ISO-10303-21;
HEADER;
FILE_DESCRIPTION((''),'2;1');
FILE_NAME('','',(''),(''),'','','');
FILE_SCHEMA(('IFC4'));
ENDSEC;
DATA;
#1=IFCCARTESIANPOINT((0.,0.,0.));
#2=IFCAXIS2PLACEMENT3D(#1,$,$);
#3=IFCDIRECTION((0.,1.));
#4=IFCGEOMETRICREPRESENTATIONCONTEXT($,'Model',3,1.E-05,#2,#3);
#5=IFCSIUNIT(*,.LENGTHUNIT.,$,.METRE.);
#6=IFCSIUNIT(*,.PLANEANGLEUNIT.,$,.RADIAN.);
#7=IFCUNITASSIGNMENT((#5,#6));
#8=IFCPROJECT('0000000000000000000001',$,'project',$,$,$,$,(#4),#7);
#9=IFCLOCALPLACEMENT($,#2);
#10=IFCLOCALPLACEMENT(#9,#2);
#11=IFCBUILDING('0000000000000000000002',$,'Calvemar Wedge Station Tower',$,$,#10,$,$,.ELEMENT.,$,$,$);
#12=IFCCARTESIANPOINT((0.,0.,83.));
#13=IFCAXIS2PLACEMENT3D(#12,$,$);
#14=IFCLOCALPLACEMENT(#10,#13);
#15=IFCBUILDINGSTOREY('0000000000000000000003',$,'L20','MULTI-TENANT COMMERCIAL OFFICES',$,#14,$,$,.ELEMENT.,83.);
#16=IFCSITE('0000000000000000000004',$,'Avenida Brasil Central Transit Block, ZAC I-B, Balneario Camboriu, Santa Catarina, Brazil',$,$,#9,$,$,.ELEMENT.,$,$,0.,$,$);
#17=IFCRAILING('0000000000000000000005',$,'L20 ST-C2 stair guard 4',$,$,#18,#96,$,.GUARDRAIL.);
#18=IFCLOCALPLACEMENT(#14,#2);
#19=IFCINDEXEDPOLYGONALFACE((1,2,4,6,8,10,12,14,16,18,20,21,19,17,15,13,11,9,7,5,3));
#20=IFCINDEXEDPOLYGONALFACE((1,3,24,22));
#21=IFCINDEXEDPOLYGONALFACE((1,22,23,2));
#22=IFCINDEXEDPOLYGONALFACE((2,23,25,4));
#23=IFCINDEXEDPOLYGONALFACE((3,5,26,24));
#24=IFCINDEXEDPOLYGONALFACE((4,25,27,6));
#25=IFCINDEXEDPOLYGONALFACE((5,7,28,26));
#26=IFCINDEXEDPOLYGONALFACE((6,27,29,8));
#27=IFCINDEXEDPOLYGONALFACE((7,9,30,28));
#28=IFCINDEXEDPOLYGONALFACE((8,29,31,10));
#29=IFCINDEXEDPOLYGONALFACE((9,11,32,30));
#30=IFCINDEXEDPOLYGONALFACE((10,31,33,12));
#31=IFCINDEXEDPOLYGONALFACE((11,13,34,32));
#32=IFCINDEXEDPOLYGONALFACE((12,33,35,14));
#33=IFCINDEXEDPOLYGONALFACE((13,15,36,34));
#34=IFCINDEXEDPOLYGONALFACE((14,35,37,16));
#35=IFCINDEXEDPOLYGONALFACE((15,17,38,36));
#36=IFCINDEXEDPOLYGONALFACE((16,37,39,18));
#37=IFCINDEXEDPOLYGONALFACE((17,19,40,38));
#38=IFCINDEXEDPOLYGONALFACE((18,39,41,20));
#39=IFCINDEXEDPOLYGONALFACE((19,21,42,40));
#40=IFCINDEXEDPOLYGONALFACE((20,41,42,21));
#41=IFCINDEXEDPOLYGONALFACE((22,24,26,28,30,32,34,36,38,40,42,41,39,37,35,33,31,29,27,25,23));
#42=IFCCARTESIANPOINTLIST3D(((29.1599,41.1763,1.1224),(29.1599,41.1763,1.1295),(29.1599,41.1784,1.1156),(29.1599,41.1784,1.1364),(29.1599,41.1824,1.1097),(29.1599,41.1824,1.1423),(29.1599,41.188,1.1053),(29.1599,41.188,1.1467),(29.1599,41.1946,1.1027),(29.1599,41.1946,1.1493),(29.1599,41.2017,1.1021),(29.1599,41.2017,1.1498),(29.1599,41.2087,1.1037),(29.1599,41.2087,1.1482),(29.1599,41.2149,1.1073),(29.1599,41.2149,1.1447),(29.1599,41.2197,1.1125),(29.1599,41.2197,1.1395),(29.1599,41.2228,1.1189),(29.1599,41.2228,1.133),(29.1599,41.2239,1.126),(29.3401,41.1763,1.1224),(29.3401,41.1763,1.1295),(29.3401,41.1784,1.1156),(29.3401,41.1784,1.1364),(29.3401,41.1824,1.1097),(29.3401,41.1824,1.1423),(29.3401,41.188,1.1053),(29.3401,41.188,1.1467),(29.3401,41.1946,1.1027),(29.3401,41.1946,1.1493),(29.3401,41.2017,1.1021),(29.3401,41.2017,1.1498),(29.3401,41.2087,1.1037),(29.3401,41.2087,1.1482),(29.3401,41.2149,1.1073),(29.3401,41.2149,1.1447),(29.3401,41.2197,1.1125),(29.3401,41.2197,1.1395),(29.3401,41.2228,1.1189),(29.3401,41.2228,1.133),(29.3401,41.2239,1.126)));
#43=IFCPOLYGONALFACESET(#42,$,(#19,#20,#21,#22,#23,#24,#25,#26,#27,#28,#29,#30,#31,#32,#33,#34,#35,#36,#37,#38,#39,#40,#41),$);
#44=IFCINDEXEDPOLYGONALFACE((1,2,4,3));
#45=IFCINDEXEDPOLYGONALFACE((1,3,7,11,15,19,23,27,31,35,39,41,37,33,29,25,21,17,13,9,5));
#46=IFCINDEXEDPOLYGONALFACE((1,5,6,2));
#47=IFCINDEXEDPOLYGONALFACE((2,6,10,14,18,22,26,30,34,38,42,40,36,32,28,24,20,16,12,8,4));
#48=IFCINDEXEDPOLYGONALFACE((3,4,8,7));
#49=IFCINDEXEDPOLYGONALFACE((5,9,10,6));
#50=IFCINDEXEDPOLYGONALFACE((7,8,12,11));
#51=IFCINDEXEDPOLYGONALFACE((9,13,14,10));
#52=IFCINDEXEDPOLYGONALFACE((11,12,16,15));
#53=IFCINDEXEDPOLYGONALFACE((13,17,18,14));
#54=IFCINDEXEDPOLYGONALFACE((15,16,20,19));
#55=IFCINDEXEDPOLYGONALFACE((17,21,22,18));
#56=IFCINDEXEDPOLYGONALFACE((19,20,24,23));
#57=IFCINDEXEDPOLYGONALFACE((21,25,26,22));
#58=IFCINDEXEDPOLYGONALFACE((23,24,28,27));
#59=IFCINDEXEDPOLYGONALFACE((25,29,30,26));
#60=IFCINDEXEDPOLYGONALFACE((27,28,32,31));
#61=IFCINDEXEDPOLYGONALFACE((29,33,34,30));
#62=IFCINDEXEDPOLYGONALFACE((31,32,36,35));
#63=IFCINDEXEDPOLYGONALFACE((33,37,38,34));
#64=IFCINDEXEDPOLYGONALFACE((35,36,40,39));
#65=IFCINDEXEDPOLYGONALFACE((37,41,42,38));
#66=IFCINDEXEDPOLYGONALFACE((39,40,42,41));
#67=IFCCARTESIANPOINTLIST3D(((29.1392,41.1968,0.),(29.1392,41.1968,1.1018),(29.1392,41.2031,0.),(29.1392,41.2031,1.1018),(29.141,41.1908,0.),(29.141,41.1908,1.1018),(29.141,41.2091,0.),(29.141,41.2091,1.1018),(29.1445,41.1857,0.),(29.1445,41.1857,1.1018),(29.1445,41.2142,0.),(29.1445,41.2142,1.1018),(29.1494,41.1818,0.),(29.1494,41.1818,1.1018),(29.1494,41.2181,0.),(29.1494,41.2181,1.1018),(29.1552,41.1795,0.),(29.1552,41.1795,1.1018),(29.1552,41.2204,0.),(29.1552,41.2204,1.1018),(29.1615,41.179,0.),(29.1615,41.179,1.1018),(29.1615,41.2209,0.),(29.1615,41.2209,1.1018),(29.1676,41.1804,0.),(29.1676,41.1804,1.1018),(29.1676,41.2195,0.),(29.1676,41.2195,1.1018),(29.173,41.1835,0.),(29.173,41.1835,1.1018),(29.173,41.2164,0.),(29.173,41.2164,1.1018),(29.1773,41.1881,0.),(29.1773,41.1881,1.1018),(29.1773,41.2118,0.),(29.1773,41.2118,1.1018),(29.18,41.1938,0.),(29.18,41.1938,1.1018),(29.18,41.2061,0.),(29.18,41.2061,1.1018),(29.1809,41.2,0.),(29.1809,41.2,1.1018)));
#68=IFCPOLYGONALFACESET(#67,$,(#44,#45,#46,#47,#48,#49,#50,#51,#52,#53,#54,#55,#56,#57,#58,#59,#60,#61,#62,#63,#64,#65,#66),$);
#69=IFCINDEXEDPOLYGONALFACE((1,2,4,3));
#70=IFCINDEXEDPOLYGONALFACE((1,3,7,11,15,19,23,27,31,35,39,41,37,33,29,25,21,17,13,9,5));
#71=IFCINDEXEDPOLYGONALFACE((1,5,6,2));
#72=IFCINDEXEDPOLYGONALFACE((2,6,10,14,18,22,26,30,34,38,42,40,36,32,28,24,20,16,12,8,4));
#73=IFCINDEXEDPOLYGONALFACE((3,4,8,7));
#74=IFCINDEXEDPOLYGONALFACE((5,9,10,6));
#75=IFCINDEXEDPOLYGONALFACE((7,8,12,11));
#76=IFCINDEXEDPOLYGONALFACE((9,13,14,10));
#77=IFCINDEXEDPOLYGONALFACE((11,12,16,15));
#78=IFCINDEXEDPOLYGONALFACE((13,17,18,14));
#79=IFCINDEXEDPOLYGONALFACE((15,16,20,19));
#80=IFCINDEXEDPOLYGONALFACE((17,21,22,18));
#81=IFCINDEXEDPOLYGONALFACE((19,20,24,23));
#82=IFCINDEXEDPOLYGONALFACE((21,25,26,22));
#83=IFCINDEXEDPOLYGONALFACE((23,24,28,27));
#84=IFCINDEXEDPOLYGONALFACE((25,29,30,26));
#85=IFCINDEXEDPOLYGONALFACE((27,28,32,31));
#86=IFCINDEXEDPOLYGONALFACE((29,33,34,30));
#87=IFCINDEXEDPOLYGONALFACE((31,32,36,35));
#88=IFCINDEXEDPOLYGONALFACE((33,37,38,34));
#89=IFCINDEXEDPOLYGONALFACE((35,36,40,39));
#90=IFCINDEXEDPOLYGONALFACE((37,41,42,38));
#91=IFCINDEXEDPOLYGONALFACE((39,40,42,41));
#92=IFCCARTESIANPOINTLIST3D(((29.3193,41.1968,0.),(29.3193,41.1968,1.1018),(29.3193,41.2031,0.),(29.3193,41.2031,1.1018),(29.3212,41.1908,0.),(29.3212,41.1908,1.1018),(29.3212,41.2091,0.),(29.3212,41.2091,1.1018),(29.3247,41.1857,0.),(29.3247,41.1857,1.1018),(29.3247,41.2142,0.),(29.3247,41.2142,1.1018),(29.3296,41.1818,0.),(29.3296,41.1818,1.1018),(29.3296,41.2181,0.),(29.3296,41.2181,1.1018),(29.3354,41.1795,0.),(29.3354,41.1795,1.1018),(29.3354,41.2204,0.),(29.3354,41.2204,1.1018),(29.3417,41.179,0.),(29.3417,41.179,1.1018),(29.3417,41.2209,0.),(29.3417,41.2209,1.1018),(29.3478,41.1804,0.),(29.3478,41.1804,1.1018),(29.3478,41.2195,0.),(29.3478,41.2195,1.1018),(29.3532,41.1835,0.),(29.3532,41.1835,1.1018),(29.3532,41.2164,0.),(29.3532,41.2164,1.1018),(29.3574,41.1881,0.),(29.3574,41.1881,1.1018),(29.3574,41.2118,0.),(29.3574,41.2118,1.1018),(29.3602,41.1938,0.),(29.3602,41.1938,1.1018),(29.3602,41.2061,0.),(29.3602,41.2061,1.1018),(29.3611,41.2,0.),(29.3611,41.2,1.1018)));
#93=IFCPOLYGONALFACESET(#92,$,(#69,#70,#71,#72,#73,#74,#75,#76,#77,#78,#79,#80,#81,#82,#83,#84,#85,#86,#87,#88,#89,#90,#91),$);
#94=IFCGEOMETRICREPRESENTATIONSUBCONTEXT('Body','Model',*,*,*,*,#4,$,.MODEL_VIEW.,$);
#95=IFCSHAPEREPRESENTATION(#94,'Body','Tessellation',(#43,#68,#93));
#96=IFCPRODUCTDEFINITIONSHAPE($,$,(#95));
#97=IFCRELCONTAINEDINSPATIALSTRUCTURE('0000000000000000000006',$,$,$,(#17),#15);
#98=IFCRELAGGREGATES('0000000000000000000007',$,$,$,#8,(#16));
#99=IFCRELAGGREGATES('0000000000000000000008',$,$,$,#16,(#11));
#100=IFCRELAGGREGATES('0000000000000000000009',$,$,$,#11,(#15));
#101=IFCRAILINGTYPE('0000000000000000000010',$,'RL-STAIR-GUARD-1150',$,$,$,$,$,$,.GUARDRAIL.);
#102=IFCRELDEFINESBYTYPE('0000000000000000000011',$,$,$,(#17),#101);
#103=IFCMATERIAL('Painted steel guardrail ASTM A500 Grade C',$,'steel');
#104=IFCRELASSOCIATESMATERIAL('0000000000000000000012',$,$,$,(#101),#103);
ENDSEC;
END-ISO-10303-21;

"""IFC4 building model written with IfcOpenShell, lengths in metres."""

from ifc_helpers import new_model, si_unit, direction, frame, origin, origin_2d, place, context, subcontext, project, spatial, circle, extrude, material, type_object, element, save


model = new_model("IFC4")

# Units and contexts
model_context = context("Model", 3, precision=1e-05, world=origin(), true_north=direction((0.0, 1.0)))
body_context = subcontext(model_context, "Body", "Model", "MODEL_VIEW")
ifc_project = project(units=[si_unit("LENGTHUNIT", "METRE"), si_unit("PLANEANGLEUNIT", "RADIAN")], contexts=[model_context])

# Site, building, storey
site_placement = place(None, origin())
site = spatial("IfcSite", under=ifc_project, at=site_placement, Name="Avenida Brasil Central Transit Block, ZAC I-B, Balneario Camboriu, Santa Catarina, Brazil", CompositionType="ELEMENT", RefElevation=0.0)
building_placement = place(site_placement, origin())
building = spatial("IfcBuilding", under=site, at=building_placement, Name="Calvemar Wedge Station Tower", CompositionType="ELEMENT")
storey_placement = place(building_placement, frame((0.0, 0.0, 83.0)))
storey = spatial("IfcBuildingStorey", under=building, at=storey_placement, Name="L20", Description="MULTI-TENANT COMMERCIAL OFFICES", CompositionType="ELEMENT", Elevation=83.0)

# Railing
ifc_material_1 = material(Name="Painted steel guardrail ASTM A500 Grade C", Category="steel")
railing_type_1 = type_object("IfcRailingType", Name="RL-STAIR-GUARD-1150", PredefinedType="GUARDRAIL", material=ifc_material_1)
railing_1_placement = place(storey_placement, frame((29.1599, 41.2, 0.0)))
element("IfcRailing", 1, at=railing_1_placement, inside=storey, type_object=railing_type_1, Name="L20 ST-C2 stair guard 4", PredefinedType="GUARDRAIL", context=body_context, shape_type="SweptSolid", body=[
    extrude(circle(Radius=0.0239, at=origin_2d()), frame((0.0, 0.0, 1.126), z_axis=(1.0, 0.0, 0.0), x_axis=(0.0, 1.0, 0.0)), (0.0, 0.0, 1.0), 0.1802),
    extrude(circle(Radius=0.021, at=origin_2d()), origin(), (0.0, 0.0, 1.0), 1.1018),
    extrude(circle(Radius=0.021, at=origin_2d()), frame((0.1802, 0.0, 0.0)), (0.0, 0.0, 1.0), 1.1018),
])

save(model, "model.ifc")
